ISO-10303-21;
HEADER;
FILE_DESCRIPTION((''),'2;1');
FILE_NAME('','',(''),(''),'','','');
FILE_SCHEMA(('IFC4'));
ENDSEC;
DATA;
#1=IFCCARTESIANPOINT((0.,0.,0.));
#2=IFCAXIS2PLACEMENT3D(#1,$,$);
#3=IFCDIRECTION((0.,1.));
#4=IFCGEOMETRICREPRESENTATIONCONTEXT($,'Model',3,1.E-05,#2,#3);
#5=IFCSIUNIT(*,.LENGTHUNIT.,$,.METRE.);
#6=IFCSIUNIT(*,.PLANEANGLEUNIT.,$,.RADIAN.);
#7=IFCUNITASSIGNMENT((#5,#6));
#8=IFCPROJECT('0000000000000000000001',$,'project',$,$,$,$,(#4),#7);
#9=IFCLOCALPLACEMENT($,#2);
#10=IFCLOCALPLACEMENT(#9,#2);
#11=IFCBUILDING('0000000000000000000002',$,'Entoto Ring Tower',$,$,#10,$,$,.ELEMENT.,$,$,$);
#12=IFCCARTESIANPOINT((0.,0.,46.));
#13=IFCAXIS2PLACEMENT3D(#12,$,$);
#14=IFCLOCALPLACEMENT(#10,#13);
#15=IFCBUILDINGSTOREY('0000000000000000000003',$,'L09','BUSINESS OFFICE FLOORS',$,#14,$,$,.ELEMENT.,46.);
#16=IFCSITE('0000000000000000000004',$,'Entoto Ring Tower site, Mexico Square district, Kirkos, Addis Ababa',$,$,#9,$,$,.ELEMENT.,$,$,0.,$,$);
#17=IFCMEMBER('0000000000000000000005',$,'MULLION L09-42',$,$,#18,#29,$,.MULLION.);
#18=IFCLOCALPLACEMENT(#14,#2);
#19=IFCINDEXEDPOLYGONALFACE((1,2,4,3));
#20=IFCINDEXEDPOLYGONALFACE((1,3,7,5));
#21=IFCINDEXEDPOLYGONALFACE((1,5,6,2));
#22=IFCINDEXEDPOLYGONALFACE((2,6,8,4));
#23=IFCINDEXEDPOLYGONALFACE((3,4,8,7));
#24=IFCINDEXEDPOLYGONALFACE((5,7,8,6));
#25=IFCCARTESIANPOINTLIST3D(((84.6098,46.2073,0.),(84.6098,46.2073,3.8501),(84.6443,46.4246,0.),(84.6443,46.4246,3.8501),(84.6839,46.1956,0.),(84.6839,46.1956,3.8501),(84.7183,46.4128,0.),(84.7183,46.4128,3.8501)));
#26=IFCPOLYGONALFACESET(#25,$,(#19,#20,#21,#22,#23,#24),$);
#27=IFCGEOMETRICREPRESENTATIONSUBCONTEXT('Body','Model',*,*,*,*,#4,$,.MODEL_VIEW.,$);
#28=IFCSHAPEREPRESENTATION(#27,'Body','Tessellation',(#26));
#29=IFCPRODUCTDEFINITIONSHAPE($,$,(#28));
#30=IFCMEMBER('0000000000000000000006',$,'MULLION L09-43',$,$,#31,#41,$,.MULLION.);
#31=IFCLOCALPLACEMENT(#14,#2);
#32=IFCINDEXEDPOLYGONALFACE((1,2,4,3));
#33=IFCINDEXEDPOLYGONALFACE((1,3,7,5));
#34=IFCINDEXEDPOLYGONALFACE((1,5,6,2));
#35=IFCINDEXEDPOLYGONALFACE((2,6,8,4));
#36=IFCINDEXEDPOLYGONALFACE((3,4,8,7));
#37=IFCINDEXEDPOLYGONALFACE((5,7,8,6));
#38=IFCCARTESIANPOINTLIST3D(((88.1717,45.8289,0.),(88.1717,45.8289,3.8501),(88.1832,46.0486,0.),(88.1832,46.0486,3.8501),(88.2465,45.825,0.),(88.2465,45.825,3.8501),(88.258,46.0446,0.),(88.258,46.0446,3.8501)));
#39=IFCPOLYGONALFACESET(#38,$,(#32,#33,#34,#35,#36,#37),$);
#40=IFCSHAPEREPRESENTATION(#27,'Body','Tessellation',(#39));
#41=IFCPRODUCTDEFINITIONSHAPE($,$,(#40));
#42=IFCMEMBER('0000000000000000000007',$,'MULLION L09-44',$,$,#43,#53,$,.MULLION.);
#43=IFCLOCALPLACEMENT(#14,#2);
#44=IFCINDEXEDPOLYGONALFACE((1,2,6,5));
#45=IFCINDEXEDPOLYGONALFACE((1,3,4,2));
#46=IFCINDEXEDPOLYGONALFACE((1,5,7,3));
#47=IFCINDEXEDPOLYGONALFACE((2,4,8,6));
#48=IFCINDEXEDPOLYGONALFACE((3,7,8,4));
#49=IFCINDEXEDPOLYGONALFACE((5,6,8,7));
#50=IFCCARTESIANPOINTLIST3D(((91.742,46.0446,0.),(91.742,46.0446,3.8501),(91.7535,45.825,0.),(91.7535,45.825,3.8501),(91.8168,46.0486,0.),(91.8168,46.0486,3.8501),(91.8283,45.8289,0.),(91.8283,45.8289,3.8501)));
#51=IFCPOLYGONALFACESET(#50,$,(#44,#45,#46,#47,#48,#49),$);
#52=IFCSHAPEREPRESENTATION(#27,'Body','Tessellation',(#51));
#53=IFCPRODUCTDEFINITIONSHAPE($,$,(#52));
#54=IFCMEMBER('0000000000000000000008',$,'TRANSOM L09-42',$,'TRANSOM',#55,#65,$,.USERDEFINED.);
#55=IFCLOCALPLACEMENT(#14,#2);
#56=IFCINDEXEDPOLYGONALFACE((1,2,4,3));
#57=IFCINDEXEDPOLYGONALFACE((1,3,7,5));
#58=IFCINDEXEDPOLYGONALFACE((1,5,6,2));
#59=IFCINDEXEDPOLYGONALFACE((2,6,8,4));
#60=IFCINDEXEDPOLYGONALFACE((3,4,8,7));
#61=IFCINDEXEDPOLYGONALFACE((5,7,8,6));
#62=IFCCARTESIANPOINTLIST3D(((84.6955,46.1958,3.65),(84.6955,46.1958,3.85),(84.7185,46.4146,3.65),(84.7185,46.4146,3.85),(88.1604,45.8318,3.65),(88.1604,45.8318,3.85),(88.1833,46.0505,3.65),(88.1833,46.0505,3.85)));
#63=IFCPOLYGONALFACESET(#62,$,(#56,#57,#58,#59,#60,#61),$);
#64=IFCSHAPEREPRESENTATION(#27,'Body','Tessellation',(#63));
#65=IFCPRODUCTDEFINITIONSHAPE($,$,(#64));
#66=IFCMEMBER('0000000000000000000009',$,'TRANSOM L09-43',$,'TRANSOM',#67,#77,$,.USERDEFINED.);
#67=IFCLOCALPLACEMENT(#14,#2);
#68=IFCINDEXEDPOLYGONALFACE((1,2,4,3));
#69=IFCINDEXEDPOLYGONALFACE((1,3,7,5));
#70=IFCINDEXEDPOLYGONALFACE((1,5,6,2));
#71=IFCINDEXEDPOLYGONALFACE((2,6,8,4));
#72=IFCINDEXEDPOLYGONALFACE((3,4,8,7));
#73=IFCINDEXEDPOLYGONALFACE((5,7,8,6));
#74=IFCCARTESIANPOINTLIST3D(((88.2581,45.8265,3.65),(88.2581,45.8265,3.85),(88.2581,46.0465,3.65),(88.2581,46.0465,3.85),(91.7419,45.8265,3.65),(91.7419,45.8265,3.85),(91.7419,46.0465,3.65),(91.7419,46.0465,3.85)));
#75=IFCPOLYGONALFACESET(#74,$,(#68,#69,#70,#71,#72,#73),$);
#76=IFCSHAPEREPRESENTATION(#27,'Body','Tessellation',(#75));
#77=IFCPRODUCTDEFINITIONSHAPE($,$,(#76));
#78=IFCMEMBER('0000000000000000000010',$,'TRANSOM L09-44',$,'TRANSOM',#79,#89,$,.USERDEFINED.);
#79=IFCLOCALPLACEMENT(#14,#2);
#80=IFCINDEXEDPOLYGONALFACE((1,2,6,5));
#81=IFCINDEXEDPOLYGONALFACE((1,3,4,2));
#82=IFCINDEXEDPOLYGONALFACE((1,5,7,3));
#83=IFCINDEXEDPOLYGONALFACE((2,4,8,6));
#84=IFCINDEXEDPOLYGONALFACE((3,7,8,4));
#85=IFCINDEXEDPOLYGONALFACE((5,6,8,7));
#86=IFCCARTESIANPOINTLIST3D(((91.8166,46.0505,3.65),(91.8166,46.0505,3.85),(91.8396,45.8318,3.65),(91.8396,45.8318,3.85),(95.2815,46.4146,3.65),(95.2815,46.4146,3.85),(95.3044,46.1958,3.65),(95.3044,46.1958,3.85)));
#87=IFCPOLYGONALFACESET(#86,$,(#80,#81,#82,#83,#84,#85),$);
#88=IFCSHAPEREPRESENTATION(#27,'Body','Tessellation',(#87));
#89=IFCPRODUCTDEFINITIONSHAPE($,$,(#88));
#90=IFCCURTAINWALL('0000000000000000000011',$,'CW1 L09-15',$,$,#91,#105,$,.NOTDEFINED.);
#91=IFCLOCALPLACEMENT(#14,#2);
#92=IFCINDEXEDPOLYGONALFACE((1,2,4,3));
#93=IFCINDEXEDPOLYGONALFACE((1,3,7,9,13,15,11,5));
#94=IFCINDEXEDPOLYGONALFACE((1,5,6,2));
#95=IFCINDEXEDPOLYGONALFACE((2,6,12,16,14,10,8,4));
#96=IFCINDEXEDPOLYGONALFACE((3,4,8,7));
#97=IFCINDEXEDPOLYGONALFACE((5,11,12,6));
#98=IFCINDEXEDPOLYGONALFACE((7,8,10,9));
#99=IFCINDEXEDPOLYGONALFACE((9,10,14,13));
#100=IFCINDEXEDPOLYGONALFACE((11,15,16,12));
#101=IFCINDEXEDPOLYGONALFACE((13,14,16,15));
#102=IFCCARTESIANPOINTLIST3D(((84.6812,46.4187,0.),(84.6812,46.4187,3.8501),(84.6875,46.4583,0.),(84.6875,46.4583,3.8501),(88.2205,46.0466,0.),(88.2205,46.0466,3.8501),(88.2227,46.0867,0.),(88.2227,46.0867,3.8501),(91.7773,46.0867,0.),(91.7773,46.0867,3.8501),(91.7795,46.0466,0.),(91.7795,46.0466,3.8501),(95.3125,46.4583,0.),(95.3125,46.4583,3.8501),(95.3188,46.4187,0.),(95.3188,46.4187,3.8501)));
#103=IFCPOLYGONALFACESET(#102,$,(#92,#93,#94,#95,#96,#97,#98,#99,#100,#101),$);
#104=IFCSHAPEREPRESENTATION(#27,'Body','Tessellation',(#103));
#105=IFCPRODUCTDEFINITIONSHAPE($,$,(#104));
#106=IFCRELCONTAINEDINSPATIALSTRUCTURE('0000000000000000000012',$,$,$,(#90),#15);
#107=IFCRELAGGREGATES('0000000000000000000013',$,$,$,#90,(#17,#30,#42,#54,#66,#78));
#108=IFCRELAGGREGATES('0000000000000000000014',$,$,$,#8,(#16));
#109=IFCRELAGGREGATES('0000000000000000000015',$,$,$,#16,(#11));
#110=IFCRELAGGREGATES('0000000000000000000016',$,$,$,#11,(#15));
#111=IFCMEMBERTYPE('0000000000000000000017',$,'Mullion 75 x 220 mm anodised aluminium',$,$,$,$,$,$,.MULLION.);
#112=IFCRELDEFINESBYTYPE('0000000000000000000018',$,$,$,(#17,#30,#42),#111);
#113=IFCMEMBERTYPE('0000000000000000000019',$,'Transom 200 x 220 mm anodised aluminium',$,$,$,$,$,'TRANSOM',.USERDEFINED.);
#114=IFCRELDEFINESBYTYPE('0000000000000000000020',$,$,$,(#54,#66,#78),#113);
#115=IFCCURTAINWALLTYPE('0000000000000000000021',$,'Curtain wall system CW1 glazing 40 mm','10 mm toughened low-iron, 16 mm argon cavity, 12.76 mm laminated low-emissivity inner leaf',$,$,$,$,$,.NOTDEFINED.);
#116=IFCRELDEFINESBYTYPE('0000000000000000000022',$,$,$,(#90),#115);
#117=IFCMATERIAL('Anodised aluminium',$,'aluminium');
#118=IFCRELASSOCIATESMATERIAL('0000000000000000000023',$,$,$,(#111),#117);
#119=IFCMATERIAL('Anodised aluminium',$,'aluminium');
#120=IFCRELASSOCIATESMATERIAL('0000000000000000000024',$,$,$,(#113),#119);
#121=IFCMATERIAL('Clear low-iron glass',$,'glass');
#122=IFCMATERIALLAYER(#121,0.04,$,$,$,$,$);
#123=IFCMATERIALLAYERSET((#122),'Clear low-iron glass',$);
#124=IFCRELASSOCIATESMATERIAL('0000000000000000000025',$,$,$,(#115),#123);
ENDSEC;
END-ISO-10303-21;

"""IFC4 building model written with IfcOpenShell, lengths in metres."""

from ifc_helpers import new_model, si_unit, direction, frame, origin, origin_2d, place, context, subcontext, project, spatial, polyline, rectangle, outline, extrude, material, layer, layer_set, material_profile, profile_set, type_object, element, aggregate, save


model = new_model("IFC4")

# Units and contexts
model_context = context("Model", 3, precision=1e-05, world=origin(), true_north=direction((0.0, 1.0)))
body_context = subcontext(model_context, "Body", "Model", "MODEL_VIEW")
ifc_project = project(units=[si_unit("LENGTHUNIT", "METRE"), si_unit("PLANEANGLEUNIT", "RADIAN")], contexts=[model_context])

# Members
ifc_material_1 = material(Name="Anodised aluminium", Category="aluminium")
ifc_material_profile_1 = material_profile(ifc_material_1, rectangle(XDim=0.075, YDim=0.22, at=origin_2d()), Name="Mullion 75 x 220 mm anodised aluminium")
ifc_profile_set_1 = profile_set([ifc_material_profile_1], Name="Anodised aluminium")
member_type_1 = type_object("IfcMemberType", Name="Mullion 75 x 220 mm anodised aluminium", PredefinedType="MULLION", material=ifc_profile_set_1)
site_placement = place(None, origin())
building_placement = place(site_placement, origin())
storey_placement = place(building_placement, frame((0.0, 0.0, 46.0)))
member_1_placement = place(storey_placement, frame((84.6641, 46.3101, 0.0), z_axis=(0.0, 0.0, 1.0), x_axis=(0.987688, -0.156434, 0.0)))
member_1 = element("IfcMember", 1, at=member_1_placement, type_object=member_type_1, Name="MULLION L09-42", PredefinedType="MULLION", context=body_context, shape_type="SweptSolid", body=[
    extrude(rectangle(XDim=0.075, YDim=0.22, at=origin_2d()), origin(), (0.0, 0.0, 1.0), 3.8501),
])
member_2_placement = place(storey_placement, frame((88.2148, 45.9368, 0.0), z_axis=(0.0, 0.0, 1.0), x_axis=(0.99863, -0.052336, 0.0)))
member_2 = element("IfcMember", 2, at=member_2_placement, type_object=member_type_1, Name="MULLION L09-43", PredefinedType="MULLION", context=body_context, shape_type="SweptSolid", body=[
    extrude(rectangle(XDim=0.075, YDim=0.22, at=origin_2d()), origin(), (0.0, 0.0, 1.0), 3.8501),
])
member_3_placement = place(storey_placement, frame((91.7852, 45.9368, 0.0), z_axis=(0.0, 0.0, 1.0), x_axis=(0.99863, 0.052336, 0.0)))
member_3 = element("IfcMember", 3, at=member_3_placement, type_object=member_type_1, Name="MULLION L09-44", PredefinedType="MULLION", context=body_context, shape_type="SweptSolid", body=[
    extrude(rectangle(XDim=0.075, YDim=0.22, at=origin_2d()), origin(), (0.0, 0.0, 1.0), 3.8501),
])
ifc_material_2 = material(Name="Anodised aluminium", Category="aluminium")
ifc_material_profile_2 = material_profile(ifc_material_2, rectangle(XDim=0.22, YDim=0.2, at=origin_2d()), Name="Transom 200 x 220 mm anodised aluminium")
ifc_profile_set_2 = profile_set([ifc_material_profile_2], Name="Anodised aluminium")
member_type_2 = type_object("IfcMemberType", Name="Transom 200 x 220 mm anodised aluminium", ElementType="TRANSOM", PredefinedType="USERDEFINED", material=ifc_profile_set_2)
member_4_placement = place(storey_placement, frame((84.707, 46.3052, 3.75), z_axis=(0.994527, -0.104484, 0.0), x_axis=(0.104484, 0.994527, 0.0)))
member_4 = element("IfcMember", 4, at=member_4_placement, type_object=member_type_2, Name="TRANSOM L09-42", ObjectType="TRANSOM", PredefinedType="USERDEFINED", context=body_context, shape_type="SweptSolid", body=[
    extrude(rectangle(XDim=0.22, YDim=0.2, at=origin_2d()), origin(), (0.0, 0.0, 1.0), 3.4839),
])
member_5_placement = place(storey_placement, frame((88.2581, 45.9365, 3.75), z_axis=(1.0, 0.0, 0.0), x_axis=(0.0, 1.0, 0.0)))
member_5 = element("IfcMember", 5, at=member_5_placement, type_object=member_type_2, Name="TRANSOM L09-43", ObjectType="TRANSOM", PredefinedType="USERDEFINED", context=body_context, shape_type="SweptSolid", body=[
    extrude(rectangle(XDim=0.22, YDim=0.2, at=origin_2d()), origin(), (0.0, 0.0, 1.0), 3.4839),
])
member_6_placement = place(storey_placement, frame((91.8281, 45.9412, 3.75), z_axis=(0.994527, 0.104484, 0.0), x_axis=(-0.104484, 0.994527, 0.0)))
member_6 = element("IfcMember", 6, at=member_6_placement, type_object=member_type_2, Name="TRANSOM L09-44", ObjectType="TRANSOM", PredefinedType="USERDEFINED", context=body_context, shape_type="SweptSolid", body=[
    extrude(rectangle(XDim=0.22, YDim=0.2, at=origin_2d()), origin(), (0.0, 0.0, 1.0), 3.4839),
])

# Site, building, storey
site = spatial("IfcSite", under=ifc_project, at=site_placement, Name="Entoto Ring Tower site, Mexico Square district, Kirkos, Addis Ababa", CompositionType="ELEMENT", RefElevation=0.0)
building = spatial("IfcBuilding", under=site, at=building_placement, Name="Entoto Ring Tower", CompositionType="ELEMENT")
storey = spatial("IfcBuildingStorey", under=building, at=storey_placement, Name="L09", Description="BUSINESS OFFICE FLOORS", CompositionType="ELEMENT", Elevation=46.0)

# Curtain wall
ifc_material_3 = material(Name="Clear low-iron glass", Category="glass")
ifc_layer = layer(ifc_material_3, 0.04)
ifc_layer_set = layer_set([ifc_layer], Name="Clear low-iron glass")
curtain_wall_type = type_object("IfcCurtainWallType", Name="Curtain wall system CW1 glazing 40 mm", Description="10 mm toughened low-iron, 16 mm argon cavity, 12.76 mm laminated low-emissivity inner leaf", PredefinedType="NOTDEFINED", material=ifc_layer_set)
curtain_wall_1_placement = place(storey_placement, origin())
curtain_wall_1 = element("IfcCurtainWall", 7, at=curtain_wall_1_placement, inside=storey, type_object=curtain_wall_type, Name="CW1 L09-15", PredefinedType="NOTDEFINED", context=body_context, shape_type="SweptSolid", body=[
    extrude(outline(polyline([(84.6812, 46.4187), (88.2205, 46.0466), (91.7795, 46.0466), (95.3188, 46.4187), (95.3125, 46.4583), (91.7773, 46.0867), (88.2227, 46.0867), (84.6875, 46.4583), (84.6812, 46.4187)])), origin(), (0.0, 0.0, 1.0), 3.8501),
])
aggregate(curtain_wall_1, [member_1, member_2, member_3, member_4, member_5, member_6])

save(model, "model.ifc")
